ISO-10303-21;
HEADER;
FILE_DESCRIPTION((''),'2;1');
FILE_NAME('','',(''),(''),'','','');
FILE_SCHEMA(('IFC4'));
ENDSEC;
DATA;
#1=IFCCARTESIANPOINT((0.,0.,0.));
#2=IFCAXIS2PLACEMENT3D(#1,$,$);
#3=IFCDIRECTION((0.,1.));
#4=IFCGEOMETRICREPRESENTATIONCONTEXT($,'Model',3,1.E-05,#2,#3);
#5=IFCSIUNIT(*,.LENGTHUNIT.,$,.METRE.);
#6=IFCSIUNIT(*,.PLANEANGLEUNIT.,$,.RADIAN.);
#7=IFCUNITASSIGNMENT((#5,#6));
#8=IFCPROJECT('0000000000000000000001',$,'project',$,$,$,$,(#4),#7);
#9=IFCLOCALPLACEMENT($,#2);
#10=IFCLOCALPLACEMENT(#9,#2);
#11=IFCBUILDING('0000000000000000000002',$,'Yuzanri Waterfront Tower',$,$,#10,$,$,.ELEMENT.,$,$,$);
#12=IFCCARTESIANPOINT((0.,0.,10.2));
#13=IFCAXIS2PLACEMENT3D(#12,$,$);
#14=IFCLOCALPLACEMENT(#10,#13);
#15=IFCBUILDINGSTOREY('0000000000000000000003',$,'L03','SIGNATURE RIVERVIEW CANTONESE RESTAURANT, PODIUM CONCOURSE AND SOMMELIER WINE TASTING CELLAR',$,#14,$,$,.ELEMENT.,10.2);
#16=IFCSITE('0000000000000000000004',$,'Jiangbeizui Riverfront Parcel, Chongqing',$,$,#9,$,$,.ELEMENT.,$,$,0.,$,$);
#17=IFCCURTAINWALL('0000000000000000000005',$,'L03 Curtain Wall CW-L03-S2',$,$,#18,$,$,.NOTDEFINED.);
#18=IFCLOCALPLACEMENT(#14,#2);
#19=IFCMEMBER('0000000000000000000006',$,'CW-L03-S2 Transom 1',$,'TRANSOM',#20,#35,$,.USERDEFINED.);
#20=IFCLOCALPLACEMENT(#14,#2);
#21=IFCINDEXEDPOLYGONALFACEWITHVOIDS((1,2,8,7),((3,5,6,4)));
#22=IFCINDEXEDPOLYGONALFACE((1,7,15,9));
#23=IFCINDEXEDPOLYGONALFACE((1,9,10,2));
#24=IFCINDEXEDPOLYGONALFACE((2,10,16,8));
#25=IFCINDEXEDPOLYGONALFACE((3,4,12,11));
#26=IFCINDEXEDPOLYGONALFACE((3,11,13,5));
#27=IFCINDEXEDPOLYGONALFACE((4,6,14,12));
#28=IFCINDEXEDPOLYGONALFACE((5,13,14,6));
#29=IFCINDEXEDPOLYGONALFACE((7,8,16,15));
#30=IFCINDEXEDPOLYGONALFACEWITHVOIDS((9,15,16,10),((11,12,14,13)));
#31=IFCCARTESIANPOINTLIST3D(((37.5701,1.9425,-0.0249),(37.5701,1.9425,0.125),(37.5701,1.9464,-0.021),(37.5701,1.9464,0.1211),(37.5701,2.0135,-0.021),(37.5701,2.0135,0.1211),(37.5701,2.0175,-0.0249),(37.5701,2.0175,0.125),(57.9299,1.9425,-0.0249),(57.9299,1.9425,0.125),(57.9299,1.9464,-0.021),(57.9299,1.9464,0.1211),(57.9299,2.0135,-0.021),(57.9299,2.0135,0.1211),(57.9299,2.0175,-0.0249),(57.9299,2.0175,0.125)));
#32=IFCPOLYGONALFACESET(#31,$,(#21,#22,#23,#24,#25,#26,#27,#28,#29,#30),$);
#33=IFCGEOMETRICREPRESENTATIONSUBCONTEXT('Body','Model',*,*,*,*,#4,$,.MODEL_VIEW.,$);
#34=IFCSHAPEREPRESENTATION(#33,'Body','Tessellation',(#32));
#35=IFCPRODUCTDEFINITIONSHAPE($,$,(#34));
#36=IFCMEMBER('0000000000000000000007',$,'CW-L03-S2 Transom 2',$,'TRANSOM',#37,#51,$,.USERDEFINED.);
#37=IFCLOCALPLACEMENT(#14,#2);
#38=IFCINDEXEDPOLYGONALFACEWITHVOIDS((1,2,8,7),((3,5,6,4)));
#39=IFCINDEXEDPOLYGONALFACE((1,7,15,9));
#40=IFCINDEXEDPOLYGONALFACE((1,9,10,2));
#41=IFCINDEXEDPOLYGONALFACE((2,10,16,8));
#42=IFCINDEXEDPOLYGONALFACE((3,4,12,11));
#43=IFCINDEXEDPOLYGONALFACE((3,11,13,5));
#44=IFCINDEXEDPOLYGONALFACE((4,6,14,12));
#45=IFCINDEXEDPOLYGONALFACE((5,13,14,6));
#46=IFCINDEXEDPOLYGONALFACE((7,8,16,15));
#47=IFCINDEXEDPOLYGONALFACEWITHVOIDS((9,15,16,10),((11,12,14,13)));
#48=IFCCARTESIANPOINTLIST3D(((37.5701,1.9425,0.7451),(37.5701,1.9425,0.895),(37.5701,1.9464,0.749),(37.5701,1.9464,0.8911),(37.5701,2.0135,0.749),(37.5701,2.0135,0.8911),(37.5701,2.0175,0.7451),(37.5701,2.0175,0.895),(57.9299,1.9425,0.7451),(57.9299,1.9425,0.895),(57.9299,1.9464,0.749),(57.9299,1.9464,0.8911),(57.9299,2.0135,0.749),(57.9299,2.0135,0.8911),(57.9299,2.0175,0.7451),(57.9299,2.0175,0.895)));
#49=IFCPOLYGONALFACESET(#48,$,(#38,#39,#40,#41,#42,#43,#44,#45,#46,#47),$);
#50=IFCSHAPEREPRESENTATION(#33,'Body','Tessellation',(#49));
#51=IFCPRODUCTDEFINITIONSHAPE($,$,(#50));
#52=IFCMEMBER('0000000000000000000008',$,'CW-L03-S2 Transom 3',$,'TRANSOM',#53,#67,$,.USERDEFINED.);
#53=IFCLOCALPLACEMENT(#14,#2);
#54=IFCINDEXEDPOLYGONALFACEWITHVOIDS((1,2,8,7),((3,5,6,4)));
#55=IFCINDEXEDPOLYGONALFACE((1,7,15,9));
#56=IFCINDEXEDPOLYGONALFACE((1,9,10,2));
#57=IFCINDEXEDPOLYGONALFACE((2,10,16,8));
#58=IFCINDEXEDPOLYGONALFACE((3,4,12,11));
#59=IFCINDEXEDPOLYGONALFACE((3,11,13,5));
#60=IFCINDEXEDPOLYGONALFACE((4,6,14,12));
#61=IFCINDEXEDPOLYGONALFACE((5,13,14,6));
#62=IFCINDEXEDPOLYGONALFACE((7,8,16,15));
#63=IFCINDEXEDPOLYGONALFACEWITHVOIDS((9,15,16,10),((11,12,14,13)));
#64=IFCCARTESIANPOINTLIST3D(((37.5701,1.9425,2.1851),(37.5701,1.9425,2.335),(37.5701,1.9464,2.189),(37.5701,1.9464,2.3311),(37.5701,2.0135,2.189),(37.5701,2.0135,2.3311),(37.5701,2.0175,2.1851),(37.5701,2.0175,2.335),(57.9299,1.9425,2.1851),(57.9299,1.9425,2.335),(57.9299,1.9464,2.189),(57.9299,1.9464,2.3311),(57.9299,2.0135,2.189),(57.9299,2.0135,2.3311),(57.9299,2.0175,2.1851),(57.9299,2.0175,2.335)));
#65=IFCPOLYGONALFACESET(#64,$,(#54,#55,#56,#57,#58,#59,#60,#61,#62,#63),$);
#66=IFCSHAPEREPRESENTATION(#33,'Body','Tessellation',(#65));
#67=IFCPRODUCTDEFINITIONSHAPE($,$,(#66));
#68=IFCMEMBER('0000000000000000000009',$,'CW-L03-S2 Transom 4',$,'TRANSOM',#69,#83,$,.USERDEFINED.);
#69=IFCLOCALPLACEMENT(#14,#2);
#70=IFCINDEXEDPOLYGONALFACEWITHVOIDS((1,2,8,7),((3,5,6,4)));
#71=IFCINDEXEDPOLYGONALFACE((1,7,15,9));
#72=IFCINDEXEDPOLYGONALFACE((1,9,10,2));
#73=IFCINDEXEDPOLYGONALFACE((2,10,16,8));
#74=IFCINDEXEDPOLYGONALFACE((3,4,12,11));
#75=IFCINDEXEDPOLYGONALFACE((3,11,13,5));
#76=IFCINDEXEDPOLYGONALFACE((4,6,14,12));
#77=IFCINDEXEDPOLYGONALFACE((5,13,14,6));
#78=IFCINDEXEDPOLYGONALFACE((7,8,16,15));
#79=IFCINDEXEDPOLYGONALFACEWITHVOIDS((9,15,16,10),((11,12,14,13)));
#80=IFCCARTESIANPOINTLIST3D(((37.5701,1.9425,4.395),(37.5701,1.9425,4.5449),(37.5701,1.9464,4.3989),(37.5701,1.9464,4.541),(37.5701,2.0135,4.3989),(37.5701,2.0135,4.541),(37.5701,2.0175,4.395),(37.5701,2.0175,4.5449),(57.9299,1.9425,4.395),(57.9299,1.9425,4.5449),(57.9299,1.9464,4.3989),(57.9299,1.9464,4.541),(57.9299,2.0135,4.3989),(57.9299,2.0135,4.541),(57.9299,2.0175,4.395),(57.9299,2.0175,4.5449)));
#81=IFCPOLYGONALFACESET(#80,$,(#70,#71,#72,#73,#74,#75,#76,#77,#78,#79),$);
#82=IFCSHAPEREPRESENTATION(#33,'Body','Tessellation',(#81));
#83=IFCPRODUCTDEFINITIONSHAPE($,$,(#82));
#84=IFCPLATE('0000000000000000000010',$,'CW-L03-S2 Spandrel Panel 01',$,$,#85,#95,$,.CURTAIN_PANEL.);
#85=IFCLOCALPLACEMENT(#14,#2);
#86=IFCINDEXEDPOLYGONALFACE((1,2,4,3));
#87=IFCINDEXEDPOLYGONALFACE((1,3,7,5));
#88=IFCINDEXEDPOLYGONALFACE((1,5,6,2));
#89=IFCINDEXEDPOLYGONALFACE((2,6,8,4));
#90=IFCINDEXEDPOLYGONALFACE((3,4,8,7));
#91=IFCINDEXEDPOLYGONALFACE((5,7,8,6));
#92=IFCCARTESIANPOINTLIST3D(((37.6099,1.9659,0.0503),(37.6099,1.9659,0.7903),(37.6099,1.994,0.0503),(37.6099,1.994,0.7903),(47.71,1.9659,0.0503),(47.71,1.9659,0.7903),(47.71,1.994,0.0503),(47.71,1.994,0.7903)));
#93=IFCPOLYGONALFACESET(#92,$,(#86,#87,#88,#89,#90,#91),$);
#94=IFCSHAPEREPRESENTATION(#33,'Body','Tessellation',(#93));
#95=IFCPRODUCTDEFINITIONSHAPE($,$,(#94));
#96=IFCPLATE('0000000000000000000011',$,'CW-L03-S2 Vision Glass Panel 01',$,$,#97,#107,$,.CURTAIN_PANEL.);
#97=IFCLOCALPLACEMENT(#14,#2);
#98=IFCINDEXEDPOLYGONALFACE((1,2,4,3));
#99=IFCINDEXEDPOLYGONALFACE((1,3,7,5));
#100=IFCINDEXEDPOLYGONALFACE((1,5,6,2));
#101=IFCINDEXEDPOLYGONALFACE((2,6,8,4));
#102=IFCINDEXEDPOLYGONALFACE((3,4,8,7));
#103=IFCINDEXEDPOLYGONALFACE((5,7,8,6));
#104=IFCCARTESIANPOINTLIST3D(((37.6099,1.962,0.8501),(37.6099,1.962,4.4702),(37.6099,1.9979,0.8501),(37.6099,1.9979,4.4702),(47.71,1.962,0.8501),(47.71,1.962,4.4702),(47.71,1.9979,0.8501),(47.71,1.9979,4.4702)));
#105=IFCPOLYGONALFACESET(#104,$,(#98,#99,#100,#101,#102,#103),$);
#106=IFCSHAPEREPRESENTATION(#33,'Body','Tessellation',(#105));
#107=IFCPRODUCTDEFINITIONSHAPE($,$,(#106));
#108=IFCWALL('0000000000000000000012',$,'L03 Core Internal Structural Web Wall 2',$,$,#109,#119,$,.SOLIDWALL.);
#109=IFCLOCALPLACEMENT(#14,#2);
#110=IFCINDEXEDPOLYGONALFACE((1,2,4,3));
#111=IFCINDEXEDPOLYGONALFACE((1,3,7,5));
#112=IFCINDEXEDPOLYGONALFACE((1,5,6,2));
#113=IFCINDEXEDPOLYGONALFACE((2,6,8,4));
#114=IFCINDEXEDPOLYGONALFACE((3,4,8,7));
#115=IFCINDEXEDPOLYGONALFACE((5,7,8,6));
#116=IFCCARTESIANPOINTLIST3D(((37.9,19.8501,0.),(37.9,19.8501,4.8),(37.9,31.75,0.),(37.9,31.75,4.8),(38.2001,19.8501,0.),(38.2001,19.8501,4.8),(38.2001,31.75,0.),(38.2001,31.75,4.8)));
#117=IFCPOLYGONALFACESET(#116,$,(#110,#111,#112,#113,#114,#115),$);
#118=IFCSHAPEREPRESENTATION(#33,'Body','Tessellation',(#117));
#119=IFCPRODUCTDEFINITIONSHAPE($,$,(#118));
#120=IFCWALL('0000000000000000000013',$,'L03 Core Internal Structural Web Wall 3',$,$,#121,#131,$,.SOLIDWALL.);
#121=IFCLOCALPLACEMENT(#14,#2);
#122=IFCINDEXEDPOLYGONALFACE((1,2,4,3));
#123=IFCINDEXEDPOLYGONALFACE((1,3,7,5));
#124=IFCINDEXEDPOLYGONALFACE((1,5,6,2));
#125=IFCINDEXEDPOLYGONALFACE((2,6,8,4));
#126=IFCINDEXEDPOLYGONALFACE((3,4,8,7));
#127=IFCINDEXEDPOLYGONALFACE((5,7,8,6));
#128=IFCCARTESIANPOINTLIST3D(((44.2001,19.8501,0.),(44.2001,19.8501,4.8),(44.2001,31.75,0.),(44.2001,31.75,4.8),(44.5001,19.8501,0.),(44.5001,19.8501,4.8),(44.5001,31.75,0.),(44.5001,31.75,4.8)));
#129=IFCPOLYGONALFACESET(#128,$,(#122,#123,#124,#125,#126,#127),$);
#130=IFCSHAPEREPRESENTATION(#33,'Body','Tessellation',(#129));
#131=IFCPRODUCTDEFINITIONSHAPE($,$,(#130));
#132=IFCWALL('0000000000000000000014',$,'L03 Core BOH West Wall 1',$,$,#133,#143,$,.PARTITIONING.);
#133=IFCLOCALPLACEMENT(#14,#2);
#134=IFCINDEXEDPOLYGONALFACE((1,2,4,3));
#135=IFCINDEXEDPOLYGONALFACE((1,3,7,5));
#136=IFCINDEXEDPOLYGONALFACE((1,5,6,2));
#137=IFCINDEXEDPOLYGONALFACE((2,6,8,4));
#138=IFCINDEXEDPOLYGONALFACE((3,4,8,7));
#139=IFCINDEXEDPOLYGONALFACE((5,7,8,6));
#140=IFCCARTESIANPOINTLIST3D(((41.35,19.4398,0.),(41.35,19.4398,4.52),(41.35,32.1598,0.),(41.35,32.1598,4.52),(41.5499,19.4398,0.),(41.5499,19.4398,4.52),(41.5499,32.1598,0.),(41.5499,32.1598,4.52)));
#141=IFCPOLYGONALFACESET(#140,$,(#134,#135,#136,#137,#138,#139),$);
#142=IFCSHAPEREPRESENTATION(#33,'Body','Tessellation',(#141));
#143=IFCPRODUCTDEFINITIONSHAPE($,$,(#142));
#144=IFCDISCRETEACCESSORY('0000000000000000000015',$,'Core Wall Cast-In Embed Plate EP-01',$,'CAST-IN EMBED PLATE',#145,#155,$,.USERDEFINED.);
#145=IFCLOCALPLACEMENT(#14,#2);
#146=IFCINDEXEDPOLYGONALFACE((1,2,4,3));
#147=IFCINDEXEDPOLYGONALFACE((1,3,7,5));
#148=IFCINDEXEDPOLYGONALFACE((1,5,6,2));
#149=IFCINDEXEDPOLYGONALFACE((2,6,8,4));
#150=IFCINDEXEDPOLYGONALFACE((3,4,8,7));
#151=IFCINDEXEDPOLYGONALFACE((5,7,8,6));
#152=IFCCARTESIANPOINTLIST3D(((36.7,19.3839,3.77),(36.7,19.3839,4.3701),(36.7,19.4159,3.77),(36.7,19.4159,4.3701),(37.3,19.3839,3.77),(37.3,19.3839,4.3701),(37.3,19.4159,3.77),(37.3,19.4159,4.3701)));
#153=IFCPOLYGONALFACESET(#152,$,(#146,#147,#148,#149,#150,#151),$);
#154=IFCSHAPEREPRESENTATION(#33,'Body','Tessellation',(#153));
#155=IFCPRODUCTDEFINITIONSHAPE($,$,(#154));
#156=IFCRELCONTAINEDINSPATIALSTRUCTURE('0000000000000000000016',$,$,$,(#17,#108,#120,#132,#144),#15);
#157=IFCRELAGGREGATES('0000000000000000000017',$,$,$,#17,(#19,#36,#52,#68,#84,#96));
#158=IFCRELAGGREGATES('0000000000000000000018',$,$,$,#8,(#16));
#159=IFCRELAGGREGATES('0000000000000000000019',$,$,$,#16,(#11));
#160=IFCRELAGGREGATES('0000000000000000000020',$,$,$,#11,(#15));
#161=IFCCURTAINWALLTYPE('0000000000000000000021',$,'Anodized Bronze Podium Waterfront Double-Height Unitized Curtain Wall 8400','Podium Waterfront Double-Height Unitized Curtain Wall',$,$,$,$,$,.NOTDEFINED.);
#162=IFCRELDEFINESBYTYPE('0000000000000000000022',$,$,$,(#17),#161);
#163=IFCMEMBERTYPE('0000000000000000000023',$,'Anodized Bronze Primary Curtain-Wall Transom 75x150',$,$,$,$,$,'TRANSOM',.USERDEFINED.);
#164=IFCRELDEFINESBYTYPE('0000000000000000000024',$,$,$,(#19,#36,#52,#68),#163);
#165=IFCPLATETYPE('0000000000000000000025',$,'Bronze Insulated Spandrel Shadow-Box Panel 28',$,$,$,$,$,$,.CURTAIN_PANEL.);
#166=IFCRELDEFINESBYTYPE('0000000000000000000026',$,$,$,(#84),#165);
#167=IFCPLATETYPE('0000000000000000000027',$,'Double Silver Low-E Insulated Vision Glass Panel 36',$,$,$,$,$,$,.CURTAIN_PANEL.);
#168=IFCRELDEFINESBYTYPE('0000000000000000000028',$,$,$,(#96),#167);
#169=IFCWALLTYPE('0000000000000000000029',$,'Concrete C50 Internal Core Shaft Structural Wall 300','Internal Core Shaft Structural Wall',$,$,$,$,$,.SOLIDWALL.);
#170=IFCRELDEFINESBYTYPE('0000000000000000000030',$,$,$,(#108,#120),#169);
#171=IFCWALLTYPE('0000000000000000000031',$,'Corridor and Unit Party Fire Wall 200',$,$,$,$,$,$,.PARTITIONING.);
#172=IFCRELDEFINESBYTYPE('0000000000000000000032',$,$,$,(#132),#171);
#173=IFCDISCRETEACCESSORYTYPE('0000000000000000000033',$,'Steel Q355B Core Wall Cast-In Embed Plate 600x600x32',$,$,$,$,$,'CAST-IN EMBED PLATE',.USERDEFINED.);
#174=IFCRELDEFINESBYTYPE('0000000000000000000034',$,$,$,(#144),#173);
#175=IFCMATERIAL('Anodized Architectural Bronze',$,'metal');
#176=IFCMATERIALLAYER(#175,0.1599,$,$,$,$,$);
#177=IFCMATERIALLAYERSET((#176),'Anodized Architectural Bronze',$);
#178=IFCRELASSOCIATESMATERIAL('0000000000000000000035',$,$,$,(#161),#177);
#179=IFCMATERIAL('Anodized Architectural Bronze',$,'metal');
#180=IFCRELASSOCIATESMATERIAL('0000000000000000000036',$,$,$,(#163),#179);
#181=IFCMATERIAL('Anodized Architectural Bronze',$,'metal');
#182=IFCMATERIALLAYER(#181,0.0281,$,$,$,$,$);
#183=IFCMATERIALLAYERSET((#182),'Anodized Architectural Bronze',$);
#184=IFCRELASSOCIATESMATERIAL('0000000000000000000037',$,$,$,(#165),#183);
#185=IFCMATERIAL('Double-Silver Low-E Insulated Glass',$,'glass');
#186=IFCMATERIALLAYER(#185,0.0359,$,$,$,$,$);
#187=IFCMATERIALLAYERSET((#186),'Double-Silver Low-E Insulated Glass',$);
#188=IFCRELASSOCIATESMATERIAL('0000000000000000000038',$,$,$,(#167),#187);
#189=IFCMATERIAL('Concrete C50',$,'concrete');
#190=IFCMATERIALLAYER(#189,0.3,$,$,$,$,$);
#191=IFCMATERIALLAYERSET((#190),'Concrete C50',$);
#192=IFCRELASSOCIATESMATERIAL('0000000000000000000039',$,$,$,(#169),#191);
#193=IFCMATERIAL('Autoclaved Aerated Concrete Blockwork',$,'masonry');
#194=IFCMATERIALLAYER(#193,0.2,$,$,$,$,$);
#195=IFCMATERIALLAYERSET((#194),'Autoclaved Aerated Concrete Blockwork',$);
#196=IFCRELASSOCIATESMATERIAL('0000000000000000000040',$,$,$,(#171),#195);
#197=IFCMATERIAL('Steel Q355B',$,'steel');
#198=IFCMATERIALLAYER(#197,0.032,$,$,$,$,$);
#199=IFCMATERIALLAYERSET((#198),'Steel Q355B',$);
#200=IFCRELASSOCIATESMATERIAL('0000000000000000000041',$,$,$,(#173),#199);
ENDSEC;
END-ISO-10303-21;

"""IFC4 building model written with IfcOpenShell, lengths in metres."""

from ifc_helpers import new_model, si_unit, direction, frame, frame_2d, origin, origin_2d, place, context, subcontext, project, spatial, rectangle, hollow_rectangle, extrude, source, transform, mapped, material, layer, layer_set, material_profile, profile_set, type_object, element, aggregate, save


model = new_model("IFC4")

# Units and contexts
model_context = context("Model", 3, precision=1e-05, world=origin(), true_north=direction((0.0, 1.0)))
body_context = subcontext(model_context, "Body", "Model", "MODEL_VIEW")
ifc_project = project(units=[si_unit("LENGTHUNIT", "METRE"), si_unit("PLANEANGLEUNIT", "RADIAN")], contexts=[model_context])

# Site, building, storey
site_placement = place(None, origin())
site = spatial("IfcSite", under=ifc_project, at=site_placement, Name="Jiangbeizui Riverfront Parcel, Chongqing", CompositionType="ELEMENT", RefElevation=0.0)
building_placement = place(site_placement, origin())
building = spatial("IfcBuilding", under=site, at=building_placement, Name="Yuzanri Waterfront Tower", CompositionType="ELEMENT")
storey_placement = place(building_placement, frame((0.0, 0.0, 10.2)))
storey = spatial("IfcBuildingStorey", under=building, at=storey_placement, Name="L03", Description="SIGNATURE RIVERVIEW CANTONESE RESTAURANT, PODIUM CONCOURSE AND SOMMELIER WINE TASTING CELLAR", CompositionType="ELEMENT", Elevation=10.2)

# Curtain wall, members, plates
ifc_material_1 = material(Name="Anodized Architectural Bronze", Category="metal")
ifc_layer_1 = layer(ifc_material_1, 0.1599)
ifc_layer_set_1 = layer_set([ifc_layer_1], Name="Anodized Architectural Bronze")
curtain_wall_type = type_object("IfcCurtainWallType", Name="Anodized Bronze Podium Waterfront Double-Height Unitized Curtain Wall 8400", Description="Podium Waterfront Double-Height Unitized Curtain Wall", PredefinedType="NOTDEFINED", material=ifc_layer_set_1)
curtain_wall_placement = place(storey_placement, origin())
curtain_wall = element("IfcCurtainWall", 1, at=curtain_wall_placement, inside=storey, type_object=curtain_wall_type, Name="L03 Curtain Wall CW-L03-S2", PredefinedType="NOTDEFINED")
ifc_material_2 = material(Name="Anodized Architectural Bronze", Category="metal")
ifc_material_profile_1 = material_profile(ifc_material_2, hollow_rectangle(XDim=0.075, YDim=0.1499, WallThickness=0.0039, at=origin_2d()), Name="CWT 75x150")
ifc_profile_set_1 = profile_set([ifc_material_profile_1], Name="Anodized Architectural Bronze")
member_type_1 = type_object("IfcMemberType", Name="Anodized Bronze Primary Curtain-Wall Transom 75x150", ElementType="TRANSOM", PredefinedType="USERDEFINED", material=ifc_profile_set_1)
shared_shape_1 = source(origin(), body_context, "Body", "SweptSolid", [
    extrude(hollow_rectangle(XDim=0.075, YDim=0.1499, WallThickness=0.0039, at=origin_2d()), origin(), (0.0, 0.0, 1.0), 20.3599),
])
member_1_placement = place(storey_placement, frame((37.5701, 1.98, 0.05), z_axis=(1.0, 0.0, 0.0), x_axis=(0.0, 1.0, 0.0)))
member_1 = element("IfcMember", 2, at=member_1_placement, type_object=member_type_1, Name="CW-L03-S2 Transom 1", ObjectType="TRANSOM", PredefinedType="USERDEFINED", context=body_context, shape_type="MappedRepresentation", body=[
    mapped(shared_shape_1, transform((0.0, 0.0, 0.0), scale=1.0)),
])
member_2_placement = place(storey_placement, frame((37.5701, 1.98, 0.8201), z_axis=(1.0, 0.0, 0.0), x_axis=(0.0, 1.0, 0.0)))
member_2 = element("IfcMember", 3, at=member_2_placement, type_object=member_type_1, Name="CW-L03-S2 Transom 2", ObjectType="TRANSOM", PredefinedType="USERDEFINED", context=body_context, shape_type="MappedRepresentation", body=[
    mapped(shared_shape_1, transform((0.0, 0.0, 0.0), scale=1.0)),
])
member_3_placement = place(storey_placement, frame((37.5701, 1.98, 2.26), z_axis=(1.0, 0.0, 0.0), x_axis=(0.0, 1.0, 0.0)))
member_3 = element("IfcMember", 4, at=member_3_placement, type_object=member_type_1, Name="CW-L03-S2 Transom 3", ObjectType="TRANSOM", PredefinedType="USERDEFINED", context=body_context, shape_type="MappedRepresentation", body=[
    mapped(shared_shape_1, transform((0.0, 0.0, 0.0), scale=1.0)),
])
member_4_placement = place(storey_placement, frame((37.5701, 1.98, 4.47), z_axis=(1.0, 0.0, 0.0), x_axis=(0.0, 1.0, 0.0)))
member_4 = element("IfcMember", 5, at=member_4_placement, type_object=member_type_1, Name="CW-L03-S2 Transom 4", ObjectType="TRANSOM", PredefinedType="USERDEFINED", context=body_context, shape_type="MappedRepresentation", body=[
    mapped(shared_shape_1, transform((0.0, 0.0, 0.0), scale=1.0)),
])
ifc_material_3 = material(Name="Anodized Architectural Bronze", Category="metal")
ifc_layer_2 = layer(ifc_material_3, 0.0281)
ifc_layer_set_2 = layer_set([ifc_layer_2], Name="Anodized Architectural Bronze")
plate_type_1 = type_object("IfcPlateType", Name="Bronze Insulated Spandrel Shadow-Box Panel 28", PredefinedType="CURTAIN_PANEL", material=ifc_layer_set_2)
shared_shape_2 = source(origin(), body_context, "Body", "SweptSolid", [
    extrude(rectangle(XDim=10.1001, YDim=0.0281, at=origin_2d()), origin(), (0.0, 0.0, 1.0), 0.74),
])
plate_1_placement = place(storey_placement, frame((42.6599, 1.98, 0.0503), z_axis=(0.0, 0.0, 1.0), x_axis=(1.0, 0.0, 0.0)))
plate_1 = element("IfcPlate", 6, at=plate_1_placement, type_object=plate_type_1, Name="CW-L03-S2 Spandrel Panel 01", PredefinedType="CURTAIN_PANEL", context=body_context, shape_type="MappedRepresentation", body=[
    mapped(shared_shape_2, transform((0.0, 0.0, 0.0), scale=1.0)),
])
ifc_material_4 = material(Name="Double-Silver Low-E Insulated Glass", Category="glass")
ifc_layer_3 = layer(ifc_material_4, 0.0359)
ifc_layer_set_3 = layer_set([ifc_layer_3], Name="Double-Silver Low-E Insulated Glass")
plate_type_2 = type_object("IfcPlateType", Name="Double Silver Low-E Insulated Vision Glass Panel 36", PredefinedType="CURTAIN_PANEL", material=ifc_layer_set_3)
shared_shape_3 = source(origin(), body_context, "Body", "SweptSolid", [
    extrude(rectangle(XDim=10.1001, YDim=0.0359, at=origin_2d()), origin(), (0.0, 0.0, 1.0), 3.6201),
])
plate_2_placement = place(storey_placement, frame((42.6599, 1.98, 0.8501), z_axis=(0.0, 0.0, 1.0), x_axis=(1.0, 0.0, 0.0)))
plate_2 = element("IfcPlate", 7, at=plate_2_placement, type_object=plate_type_2, Name="CW-L03-S2 Vision Glass Panel 01", PredefinedType="CURTAIN_PANEL", context=body_context, shape_type="MappedRepresentation", body=[
    mapped(shared_shape_3, transform((0.0, 0.0, 0.0), scale=1.0)),
])
aggregate(curtain_wall, [member_1, member_2, member_3, member_4, plate_1, plate_2])

# Walls
ifc_material_5 = material(Name="Concrete C50", Category="concrete")
ifc_layer_4 = layer(ifc_material_5, 0.3)
ifc_layer_set_4 = layer_set([ifc_layer_4], Name="Concrete C50")
wall_type_1 = type_object("IfcWallType", Name="Concrete C50 Internal Core Shaft Structural Wall 300", Description="Internal Core Shaft Structural Wall", PredefinedType="SOLIDWALL", material=ifc_layer_set_4)
shared_shape_4 = source(origin(), body_context, "Body", "SweptSolid", [
    extrude(rectangle(XDim=11.8999, YDim=0.3, at=frame_2d((5.95, 0.0))), origin(), (0.0, 0.0, 1.0), 4.8),
])
for number, where, z_axis, x_axis, name in (
    (8, (38.05, 19.8501, 0.0), (0.0, 0.0, 1.0), (0.0, 1.0, 0.0), "L03 Core Internal Structural Web Wall 2"),
    (9, (44.3501, 19.8501, 0.0), (0.0, 0.0, 1.0), (0.0, 1.0, 0.0), "L03 Core Internal Structural Web Wall 3"),
):
    element("IfcWall", number, at=place(storey_placement, frame(where, z_axis=z_axis, x_axis=x_axis)), inside=storey, type_object=wall_type_1, Name=name, PredefinedType="SOLIDWALL", context=body_context, shape_type="MappedRepresentation", body=[
        mapped(shared_shape_4, transform((0.0, 0.0, 0.0), scale=1.0)),
    ])
ifc_material_6 = material(Name="Autoclaved Aerated Concrete Blockwork", Category="masonry")
ifc_layer_5 = layer(ifc_material_6, 0.2)
ifc_layer_set_5 = layer_set([ifc_layer_5], Name="Autoclaved Aerated Concrete Blockwork")
wall_type_2 = type_object("IfcWallType", Name="Corridor and Unit Party Fire Wall 200", PredefinedType="PARTITIONING", material=ifc_layer_set_5)
shared_shape_5 = source(origin(), body_context, "Body", "SweptSolid", [
    extrude(rectangle(XDim=12.72, YDim=0.2, at=frame_2d((6.3599, 0.0))), origin(), (0.0, 0.0, 1.0), 4.52),
])
wall_placement = place(storey_placement, frame((41.45, 19.4399, 0.0), z_axis=(0.0, 0.0, 1.0), x_axis=(0.0, 1.0, 0.0)))
element("IfcWall", 10, at=wall_placement, inside=storey, type_object=wall_type_2, Name="L03 Core BOH West Wall 1", PredefinedType="PARTITIONING", context=body_context, shape_type="MappedRepresentation", body=[
    mapped(shared_shape_5, transform((0.0, 0.0, 0.0), scale=1.0)),
])

# Discrete accessory
ifc_material_7 = material(Name="Steel Q355B", Category="steel")
ifc_layer_6 = layer(ifc_material_7, 0.032)
ifc_layer_set_6 = layer_set([ifc_layer_6], Name="Steel Q355B")
discrete_accessory_type = type_object("IfcDiscreteAccessoryType", Name="Steel Q355B Core Wall Cast-In Embed Plate 600x600x32", ElementType="CAST-IN EMBED PLATE", PredefinedType="USERDEFINED", material=ifc_layer_set_6)
shared_shape_6 = source(origin(), body_context, "Body", "SweptSolid", [
    extrude(rectangle(XDim=0.6001, YDim=0.032, at=origin_2d()), origin(), (0.0, 0.0, 1.0), 0.6001),
])
discrete_accessory_placement = place(storey_placement, frame((37.0, 19.3999, 3.77), z_axis=(0.0, 0.0, 1.0), x_axis=(1.0, 0.0, 0.0)))
element("IfcDiscreteAccessory", 11, at=discrete_accessory_placement, inside=storey, type_object=discrete_accessory_type, Name="Core Wall Cast-In Embed Plate EP-01", ObjectType="CAST-IN EMBED PLATE", PredefinedType="USERDEFINED", context=body_context, shape_type="MappedRepresentation", body=[
    mapped(shared_shape_6, transform((0.0, 0.0, 0.0), scale=1.0)),
])

save(model, "model.ifc")
